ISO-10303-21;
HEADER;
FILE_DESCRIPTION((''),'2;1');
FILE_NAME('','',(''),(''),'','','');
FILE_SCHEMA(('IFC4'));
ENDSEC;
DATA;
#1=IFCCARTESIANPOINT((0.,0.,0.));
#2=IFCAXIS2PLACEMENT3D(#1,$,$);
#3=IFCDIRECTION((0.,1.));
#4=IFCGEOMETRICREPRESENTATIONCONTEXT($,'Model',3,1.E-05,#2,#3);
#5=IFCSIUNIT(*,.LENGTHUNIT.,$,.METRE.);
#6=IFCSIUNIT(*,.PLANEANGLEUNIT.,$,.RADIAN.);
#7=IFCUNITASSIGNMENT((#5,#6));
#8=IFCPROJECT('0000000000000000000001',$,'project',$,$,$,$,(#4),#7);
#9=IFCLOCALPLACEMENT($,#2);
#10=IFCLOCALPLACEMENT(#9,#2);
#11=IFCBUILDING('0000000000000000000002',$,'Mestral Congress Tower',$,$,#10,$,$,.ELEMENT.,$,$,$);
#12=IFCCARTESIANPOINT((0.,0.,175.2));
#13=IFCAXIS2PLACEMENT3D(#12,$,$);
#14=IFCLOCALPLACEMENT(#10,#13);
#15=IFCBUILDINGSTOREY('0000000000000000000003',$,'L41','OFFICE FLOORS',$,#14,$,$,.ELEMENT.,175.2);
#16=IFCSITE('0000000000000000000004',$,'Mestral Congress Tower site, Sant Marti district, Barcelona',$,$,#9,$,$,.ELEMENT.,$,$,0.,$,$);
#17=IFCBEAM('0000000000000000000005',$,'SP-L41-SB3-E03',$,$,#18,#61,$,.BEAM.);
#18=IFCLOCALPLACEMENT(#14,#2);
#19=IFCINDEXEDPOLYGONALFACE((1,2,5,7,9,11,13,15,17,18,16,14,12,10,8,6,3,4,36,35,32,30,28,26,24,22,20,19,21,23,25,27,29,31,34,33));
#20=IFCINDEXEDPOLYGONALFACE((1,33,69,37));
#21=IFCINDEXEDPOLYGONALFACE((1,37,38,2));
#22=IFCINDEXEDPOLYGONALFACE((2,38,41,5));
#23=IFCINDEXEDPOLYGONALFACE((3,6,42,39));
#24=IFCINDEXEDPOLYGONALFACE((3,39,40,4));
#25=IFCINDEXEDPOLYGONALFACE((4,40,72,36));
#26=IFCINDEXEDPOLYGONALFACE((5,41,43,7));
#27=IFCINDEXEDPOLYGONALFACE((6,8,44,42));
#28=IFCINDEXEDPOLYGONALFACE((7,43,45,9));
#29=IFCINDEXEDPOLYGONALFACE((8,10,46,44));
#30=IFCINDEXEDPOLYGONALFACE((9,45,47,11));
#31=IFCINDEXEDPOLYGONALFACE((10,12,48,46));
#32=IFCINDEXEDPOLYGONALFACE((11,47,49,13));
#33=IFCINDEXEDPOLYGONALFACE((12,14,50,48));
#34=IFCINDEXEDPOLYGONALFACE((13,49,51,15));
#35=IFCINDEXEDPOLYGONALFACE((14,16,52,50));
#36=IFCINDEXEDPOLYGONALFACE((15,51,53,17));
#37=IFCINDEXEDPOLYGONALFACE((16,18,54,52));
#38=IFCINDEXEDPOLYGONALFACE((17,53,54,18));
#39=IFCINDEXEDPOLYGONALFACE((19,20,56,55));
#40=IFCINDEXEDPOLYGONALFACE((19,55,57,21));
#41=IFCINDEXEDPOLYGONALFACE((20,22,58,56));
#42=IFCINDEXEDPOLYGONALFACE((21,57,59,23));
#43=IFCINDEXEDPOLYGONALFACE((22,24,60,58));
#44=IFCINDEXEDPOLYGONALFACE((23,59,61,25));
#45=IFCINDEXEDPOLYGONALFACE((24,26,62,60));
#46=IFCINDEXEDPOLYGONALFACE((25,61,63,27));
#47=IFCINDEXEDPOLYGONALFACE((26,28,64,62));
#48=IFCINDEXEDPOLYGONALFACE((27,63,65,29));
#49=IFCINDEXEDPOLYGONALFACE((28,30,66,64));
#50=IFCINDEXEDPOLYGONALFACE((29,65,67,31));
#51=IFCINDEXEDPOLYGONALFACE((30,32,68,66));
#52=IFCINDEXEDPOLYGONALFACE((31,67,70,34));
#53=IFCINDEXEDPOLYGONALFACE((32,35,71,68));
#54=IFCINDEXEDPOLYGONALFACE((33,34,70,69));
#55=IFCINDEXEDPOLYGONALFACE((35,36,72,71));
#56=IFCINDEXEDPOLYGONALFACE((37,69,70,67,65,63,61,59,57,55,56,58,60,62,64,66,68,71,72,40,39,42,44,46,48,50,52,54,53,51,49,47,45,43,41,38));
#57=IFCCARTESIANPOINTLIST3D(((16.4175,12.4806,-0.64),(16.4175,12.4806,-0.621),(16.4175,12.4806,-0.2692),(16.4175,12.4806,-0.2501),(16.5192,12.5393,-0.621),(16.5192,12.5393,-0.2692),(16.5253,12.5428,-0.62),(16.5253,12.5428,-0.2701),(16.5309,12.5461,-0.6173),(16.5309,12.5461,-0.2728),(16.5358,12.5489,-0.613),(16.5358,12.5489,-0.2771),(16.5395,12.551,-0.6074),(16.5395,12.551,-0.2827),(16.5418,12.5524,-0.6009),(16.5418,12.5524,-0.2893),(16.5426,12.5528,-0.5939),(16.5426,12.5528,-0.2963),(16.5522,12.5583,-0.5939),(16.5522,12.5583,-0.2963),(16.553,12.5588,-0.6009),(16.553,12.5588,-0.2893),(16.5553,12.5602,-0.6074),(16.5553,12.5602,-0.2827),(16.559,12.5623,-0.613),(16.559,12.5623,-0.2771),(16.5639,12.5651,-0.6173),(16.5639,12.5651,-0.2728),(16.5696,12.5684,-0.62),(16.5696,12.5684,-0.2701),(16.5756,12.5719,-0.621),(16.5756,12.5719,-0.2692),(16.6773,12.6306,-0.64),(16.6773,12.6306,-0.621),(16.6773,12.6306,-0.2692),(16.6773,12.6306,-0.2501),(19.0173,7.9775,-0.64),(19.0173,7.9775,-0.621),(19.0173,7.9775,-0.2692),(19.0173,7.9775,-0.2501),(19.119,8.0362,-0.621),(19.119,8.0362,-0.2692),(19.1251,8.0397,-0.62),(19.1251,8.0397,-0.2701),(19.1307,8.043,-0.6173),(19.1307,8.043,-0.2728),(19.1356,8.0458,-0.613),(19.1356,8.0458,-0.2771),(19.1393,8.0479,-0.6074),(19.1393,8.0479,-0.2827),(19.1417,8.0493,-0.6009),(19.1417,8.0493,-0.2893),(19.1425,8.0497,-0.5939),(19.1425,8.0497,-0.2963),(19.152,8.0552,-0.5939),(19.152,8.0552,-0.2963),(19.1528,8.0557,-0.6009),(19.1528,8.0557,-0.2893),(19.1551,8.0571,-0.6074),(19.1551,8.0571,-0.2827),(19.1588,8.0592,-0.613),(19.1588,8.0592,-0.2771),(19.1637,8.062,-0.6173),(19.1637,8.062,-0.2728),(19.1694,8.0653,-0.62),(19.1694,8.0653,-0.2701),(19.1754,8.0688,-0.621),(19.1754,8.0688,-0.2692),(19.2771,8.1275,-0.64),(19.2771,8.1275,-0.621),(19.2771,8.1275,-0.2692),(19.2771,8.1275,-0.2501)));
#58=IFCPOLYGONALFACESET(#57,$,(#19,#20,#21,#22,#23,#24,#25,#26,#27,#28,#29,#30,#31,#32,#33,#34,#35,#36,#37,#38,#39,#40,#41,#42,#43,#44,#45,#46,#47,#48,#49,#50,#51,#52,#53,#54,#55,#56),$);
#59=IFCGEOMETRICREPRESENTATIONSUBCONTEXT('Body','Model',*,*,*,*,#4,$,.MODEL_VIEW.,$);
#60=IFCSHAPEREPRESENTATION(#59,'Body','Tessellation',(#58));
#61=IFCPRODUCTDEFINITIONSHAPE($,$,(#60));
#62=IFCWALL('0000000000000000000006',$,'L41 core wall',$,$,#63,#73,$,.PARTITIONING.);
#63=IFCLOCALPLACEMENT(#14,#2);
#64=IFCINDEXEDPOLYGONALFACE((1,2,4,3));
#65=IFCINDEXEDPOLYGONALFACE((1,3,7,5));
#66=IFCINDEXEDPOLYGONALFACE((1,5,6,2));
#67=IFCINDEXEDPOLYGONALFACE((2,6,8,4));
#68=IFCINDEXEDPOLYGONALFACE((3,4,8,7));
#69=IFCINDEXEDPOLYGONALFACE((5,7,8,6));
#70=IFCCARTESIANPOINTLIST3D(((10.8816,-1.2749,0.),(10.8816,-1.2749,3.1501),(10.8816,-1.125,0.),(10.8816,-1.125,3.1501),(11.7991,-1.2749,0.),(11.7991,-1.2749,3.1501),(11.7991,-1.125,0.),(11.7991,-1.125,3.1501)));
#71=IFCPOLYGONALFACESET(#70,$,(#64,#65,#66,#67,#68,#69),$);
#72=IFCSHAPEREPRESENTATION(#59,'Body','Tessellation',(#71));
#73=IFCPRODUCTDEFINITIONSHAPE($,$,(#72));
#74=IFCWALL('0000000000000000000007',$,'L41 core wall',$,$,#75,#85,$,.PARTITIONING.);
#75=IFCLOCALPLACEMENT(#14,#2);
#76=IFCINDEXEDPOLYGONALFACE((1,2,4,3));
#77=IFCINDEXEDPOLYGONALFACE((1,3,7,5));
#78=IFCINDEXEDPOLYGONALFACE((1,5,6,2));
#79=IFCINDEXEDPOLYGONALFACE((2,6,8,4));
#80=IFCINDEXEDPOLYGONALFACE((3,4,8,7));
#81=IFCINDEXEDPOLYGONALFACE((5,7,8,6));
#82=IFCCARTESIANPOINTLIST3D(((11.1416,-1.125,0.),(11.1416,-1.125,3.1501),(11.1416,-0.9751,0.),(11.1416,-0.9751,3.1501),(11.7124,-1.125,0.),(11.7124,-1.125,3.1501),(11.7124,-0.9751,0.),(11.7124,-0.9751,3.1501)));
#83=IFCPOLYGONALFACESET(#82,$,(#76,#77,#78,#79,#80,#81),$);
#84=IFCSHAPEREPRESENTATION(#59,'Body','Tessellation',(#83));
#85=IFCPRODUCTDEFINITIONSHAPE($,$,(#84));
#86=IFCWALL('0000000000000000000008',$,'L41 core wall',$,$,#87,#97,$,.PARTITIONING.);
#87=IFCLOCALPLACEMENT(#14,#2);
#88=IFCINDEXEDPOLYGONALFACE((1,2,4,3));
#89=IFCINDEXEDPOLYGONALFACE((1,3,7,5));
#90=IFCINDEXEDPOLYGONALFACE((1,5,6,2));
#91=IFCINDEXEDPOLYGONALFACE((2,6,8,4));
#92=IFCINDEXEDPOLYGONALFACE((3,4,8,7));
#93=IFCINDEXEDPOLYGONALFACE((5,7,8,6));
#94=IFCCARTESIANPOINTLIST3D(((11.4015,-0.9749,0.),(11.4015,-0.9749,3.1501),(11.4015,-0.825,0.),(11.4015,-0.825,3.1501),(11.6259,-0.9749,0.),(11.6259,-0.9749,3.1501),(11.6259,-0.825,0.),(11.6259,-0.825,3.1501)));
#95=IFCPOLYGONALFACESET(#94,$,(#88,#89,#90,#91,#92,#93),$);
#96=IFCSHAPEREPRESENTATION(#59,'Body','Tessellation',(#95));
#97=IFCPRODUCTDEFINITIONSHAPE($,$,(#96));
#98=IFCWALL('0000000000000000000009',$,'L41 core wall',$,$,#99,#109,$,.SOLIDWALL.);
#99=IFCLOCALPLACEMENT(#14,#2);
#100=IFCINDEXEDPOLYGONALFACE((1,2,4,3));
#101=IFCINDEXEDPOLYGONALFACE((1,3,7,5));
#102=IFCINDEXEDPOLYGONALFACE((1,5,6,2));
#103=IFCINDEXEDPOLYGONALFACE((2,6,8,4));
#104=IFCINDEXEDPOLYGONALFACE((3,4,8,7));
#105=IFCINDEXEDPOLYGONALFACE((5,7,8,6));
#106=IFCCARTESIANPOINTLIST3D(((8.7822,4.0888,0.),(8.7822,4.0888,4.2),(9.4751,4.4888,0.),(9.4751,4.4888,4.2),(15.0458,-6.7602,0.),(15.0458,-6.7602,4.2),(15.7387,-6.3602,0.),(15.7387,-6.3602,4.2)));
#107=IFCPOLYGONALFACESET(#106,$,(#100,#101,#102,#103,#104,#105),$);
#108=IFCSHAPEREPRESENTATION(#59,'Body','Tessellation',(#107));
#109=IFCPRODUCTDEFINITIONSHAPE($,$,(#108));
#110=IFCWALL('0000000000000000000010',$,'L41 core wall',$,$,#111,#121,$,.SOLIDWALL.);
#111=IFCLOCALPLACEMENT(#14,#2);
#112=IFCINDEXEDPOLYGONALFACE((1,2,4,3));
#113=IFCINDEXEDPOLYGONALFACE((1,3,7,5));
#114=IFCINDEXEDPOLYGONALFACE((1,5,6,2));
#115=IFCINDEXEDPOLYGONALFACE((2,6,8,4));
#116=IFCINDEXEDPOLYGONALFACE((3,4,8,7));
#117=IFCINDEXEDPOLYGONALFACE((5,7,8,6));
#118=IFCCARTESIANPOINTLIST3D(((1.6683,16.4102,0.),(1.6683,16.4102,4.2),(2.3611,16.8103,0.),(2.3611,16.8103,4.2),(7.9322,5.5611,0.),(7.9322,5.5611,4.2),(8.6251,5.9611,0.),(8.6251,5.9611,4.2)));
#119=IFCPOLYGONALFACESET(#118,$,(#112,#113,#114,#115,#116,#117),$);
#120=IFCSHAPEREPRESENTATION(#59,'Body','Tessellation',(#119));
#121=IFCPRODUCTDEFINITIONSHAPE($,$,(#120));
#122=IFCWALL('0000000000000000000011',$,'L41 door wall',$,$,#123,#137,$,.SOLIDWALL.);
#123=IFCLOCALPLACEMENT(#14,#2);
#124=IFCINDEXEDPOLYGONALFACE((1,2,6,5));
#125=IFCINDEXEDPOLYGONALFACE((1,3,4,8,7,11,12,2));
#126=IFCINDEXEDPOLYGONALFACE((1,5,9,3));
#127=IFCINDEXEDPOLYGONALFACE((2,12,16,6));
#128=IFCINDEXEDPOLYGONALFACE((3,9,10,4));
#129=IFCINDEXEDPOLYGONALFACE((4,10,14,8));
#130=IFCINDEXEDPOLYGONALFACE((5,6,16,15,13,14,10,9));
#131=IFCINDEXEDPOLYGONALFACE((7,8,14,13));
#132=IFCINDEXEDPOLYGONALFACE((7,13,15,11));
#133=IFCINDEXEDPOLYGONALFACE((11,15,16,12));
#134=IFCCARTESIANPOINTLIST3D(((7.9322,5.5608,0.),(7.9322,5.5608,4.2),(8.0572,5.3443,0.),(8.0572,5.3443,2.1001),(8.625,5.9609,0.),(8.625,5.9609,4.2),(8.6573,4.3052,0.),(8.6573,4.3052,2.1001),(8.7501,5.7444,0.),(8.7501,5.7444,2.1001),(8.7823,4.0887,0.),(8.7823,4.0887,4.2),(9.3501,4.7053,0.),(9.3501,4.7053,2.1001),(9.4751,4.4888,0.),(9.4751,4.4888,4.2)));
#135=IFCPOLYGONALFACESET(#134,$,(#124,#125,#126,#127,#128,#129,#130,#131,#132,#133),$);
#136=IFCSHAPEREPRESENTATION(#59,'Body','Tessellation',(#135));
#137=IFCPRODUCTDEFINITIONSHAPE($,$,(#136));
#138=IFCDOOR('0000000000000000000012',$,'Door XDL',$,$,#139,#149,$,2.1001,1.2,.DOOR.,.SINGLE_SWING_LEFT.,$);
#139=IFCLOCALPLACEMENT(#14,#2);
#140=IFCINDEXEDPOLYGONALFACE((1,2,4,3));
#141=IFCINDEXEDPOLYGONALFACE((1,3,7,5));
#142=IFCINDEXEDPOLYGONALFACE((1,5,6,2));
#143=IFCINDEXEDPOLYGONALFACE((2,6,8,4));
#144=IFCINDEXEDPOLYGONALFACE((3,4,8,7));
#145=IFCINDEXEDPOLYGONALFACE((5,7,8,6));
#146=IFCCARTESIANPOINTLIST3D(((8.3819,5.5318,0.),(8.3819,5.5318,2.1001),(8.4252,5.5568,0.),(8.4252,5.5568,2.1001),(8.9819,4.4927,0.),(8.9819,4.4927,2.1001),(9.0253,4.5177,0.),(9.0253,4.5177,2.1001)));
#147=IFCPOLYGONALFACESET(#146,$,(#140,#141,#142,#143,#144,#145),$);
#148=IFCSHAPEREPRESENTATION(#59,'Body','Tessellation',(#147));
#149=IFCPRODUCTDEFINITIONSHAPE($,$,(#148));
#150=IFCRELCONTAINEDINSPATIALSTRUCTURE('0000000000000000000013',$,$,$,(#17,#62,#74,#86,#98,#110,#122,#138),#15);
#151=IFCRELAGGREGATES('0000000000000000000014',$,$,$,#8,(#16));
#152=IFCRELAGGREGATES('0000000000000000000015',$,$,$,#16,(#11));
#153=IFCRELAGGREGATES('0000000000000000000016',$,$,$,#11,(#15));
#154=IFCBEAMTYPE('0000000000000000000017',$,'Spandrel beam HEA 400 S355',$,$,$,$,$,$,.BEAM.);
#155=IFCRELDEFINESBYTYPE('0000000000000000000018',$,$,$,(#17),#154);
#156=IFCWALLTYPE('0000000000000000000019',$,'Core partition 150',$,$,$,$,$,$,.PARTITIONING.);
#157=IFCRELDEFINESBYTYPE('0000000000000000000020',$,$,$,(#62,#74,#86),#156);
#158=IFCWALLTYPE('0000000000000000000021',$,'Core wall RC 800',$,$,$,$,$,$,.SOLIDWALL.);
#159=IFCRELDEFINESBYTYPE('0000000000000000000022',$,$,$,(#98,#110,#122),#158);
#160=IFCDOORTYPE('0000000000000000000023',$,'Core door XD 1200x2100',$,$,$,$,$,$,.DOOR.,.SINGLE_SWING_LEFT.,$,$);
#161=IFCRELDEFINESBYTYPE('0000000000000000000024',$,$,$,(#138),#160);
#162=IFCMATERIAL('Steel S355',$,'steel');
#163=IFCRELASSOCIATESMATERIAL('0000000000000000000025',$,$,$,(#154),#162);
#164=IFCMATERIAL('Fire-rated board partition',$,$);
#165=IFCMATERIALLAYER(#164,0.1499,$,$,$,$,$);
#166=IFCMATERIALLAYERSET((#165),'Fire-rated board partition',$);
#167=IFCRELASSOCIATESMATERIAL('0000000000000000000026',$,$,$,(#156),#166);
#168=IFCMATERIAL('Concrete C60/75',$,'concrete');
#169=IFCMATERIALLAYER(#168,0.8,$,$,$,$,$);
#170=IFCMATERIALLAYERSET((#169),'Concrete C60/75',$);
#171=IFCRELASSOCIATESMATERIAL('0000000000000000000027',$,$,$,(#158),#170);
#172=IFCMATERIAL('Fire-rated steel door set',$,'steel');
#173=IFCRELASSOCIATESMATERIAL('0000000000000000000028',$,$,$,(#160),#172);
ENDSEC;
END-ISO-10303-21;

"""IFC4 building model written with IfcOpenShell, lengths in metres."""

from ifc_helpers import new_model, si_unit, direction, frame, frame_2d, origin, origin_2d, place, context, subcontext, project, spatial, rectangle, i_section, extrude, material, layer, layer_set, material_profile, profile_set, type_object, element, fill, save


model = new_model("IFC4")

# Units and contexts
model_context = context("Model", 3, precision=1e-05, world=origin(), true_north=direction((0.0, 1.0)))
body_context = subcontext(model_context, "Body", "Model", "MODEL_VIEW")
ifc_project = project(units=[si_unit("LENGTHUNIT", "METRE"), si_unit("PLANEANGLEUNIT", "RADIAN")], contexts=[model_context])

# Site, building, storey
site_placement = place(None, origin())
site = spatial("IfcSite", under=ifc_project, at=site_placement, Name="Mestral Congress Tower site, Sant Marti district, Barcelona", CompositionType="ELEMENT", RefElevation=0.0)
building_placement = place(site_placement, origin())
building = spatial("IfcBuilding", under=site, at=building_placement, Name="Mestral Congress Tower", CompositionType="ELEMENT")
storey_placement = place(building_placement, frame((0.0, 0.0, 175.2)))
storey = spatial("IfcBuildingStorey", under=building, at=storey_placement, Name="L41", Description="OFFICE FLOORS", CompositionType="ELEMENT", Elevation=175.2)

# Shared definitions
ifc_material_1 = material(Name="Concrete C60/75", Category="concrete")

# Beam
ifc_material_2 = material(Name="Steel S355", Category="steel")
ifc_material_profile_1 = material_profile(ifc_material_2, i_section(OverallWidth=0.3, OverallDepth=0.3899, WebThickness=0.011, FlangeThickness=0.019, FilletRadius=0.0271, at=origin_2d()), Name="HEA 400")
ifc_profile_set_1 = profile_set([ifc_material_profile_1], Name="Steel S355")
beam_type_1 = type_object("IfcBeamType", Name="Spandrel beam HEA 400 S355", PredefinedType="BEAM", material=ifc_profile_set_1)
for number, where, z_axis, x_axis, name in (
    (1, (19.1472, 8.0525, -0.4451), (-0.499992, 0.86603, 0.0), (-0.86603, -0.499992, 0.0), "SP-L41-SB3-E03"),
):
    element("IfcBeam", number, at=place(storey_placement, frame(where, z_axis=z_axis, x_axis=x_axis)), inside=storey, type_object=beam_type_1, Name=name, PredefinedType="BEAM", context=body_context, shape_type="SweptSolid", body=[
        extrude(i_section(OverallWidth=0.3, OverallDepth=0.3899, WebThickness=0.011, FlangeThickness=0.019, FilletRadius=0.0271, at=origin_2d()), origin(), (0.0, 0.0, 1.0), 5.1997),
    ])

# Walls
ifc_material_3 = material(Name="Fire-rated board partition")
ifc_layer_1 = layer(ifc_material_3, 0.1499)
ifc_layer_set_1 = layer_set([ifc_layer_1], Name="Fire-rated board partition")
wall_type_1 = type_object("IfcWallType", Name="Core partition 150", PredefinedType="PARTITIONING", material=ifc_layer_set_1)
wall_1_placement = place(storey_placement, frame((10.8816, -1.2, 0.0), z_axis=(0.0, 0.0, 1.0), x_axis=(1.0, 0.0, 0.0)))
element("IfcWall", 2, at=wall_1_placement, inside=storey, type_object=wall_type_1, Name="L41 core wall", PredefinedType="PARTITIONING", context=body_context, shape_type="SweptSolid", body=[
    extrude(rectangle(XDim=0.9175, YDim=0.1499, at=frame_2d((0.4587, 0.0))), origin(), (0.0, 0.0, 1.0), 3.1501),
])
wall_2_placement = place(storey_placement, frame((11.7124, -1.05, 0.0), z_axis=(0.0, 0.0, 1.0), x_axis=(-1.0, 0.0, 0.0)))
element("IfcWall", 3, at=wall_2_placement, inside=storey, type_object=wall_type_1, Name="L41 core wall", PredefinedType="PARTITIONING", context=body_context, shape_type="SweptSolid", body=[
    extrude(rectangle(XDim=0.5708, YDim=0.1499, at=frame_2d((0.2854, 0.0))), origin(), (0.0, 0.0, 1.0), 3.1501),
])
wall_3_placement = place(storey_placement, frame((11.4014, -0.8999, 0.0), z_axis=(0.0, 0.0, 1.0), x_axis=(1.0, 0.0, 0.0)))
element("IfcWall", 4, at=wall_3_placement, inside=storey, type_object=wall_type_1, Name="L41 core wall", PredefinedType="PARTITIONING", context=body_context, shape_type="SweptSolid", body=[
    extrude(rectangle(XDim=0.2244, YDim=0.1499, at=frame_2d((0.1123, 0.0))), origin(), (0.0, 0.0, 1.0), 3.1501),
])
ifc_layer_2 = layer(ifc_material_1, 0.8)
ifc_layer_set_2 = layer_set([ifc_layer_2], Name="Concrete C60/75")
wall_type_2 = type_object("IfcWallType", Name="Core wall RC 800", PredefinedType="SOLIDWALL", material=ifc_layer_set_2)
wall_4_placement = place(storey_placement, frame((9.1287, 4.2888, 0.0), z_axis=(0.0, 0.0, 1.0), x_axis=(0.499996, -0.866028, 0.0)))
element("IfcWall", 5, at=wall_4_placement, inside=storey, type_object=wall_type_2, Name="L41 core wall", PredefinedType="SOLIDWALL", context=body_context, shape_type="SweptSolid", body=[
    extrude(rectangle(XDim=12.5273, YDim=0.8, at=frame_2d((6.2637, 0.0))), origin(), (0.0, 0.0, 1.0), 4.2),
])
wall_5_placement = place(storey_placement, frame((8.2786, 5.7612, 0.0), z_axis=(0.0, 0.0, 1.0), x_axis=(-0.50001, 0.866019, 0.0)))
element("IfcWall", 6, at=wall_5_placement, inside=storey, type_object=wall_type_2, Name="L41 core wall", PredefinedType="SOLIDWALL", context=body_context, shape_type="SweptSolid", body=[
    extrude(rectangle(XDim=12.5276, YDim=0.8, at=frame_2d((6.2637, 0.0))), origin(), (0.0, 0.0, 1.0), 4.2),
])

# Wall, opening, door
wall_6_placement = place(storey_placement, frame((8.2786, 5.761, 0.0), z_axis=(0.0, 0.0, 1.0), x_axis=(0.500062, -0.865989, 0.0)))
wall_6 = element("IfcWall", 7, at=wall_6_placement, inside=storey, type_object=wall_type_2, Name="L41 door wall", PredefinedType="SOLIDWALL", context=body_context, shape_type="SweptSolid", body=[
    extrude(rectangle(XDim=1.7, YDim=0.8, at=frame_2d((0.8501, 0.0))), origin(), (0.0, 0.0, 1.0), 4.2),
])
opening_1_placement = place(wall_6_placement, frame((0.25, 0.0, 0.0)))
opening_1 = element("IfcOpeningElement", 8, at=opening_1_placement, cuts=wall_6, PredefinedType="OPENING", context=body_context, shape_type="SweptSolid", body=[
    extrude(rectangle(XDim=1.2, YDim=2.1001, at=frame_2d((0.6001, 1.05))), frame((0.0, 0.4099, 0.0), z_axis=(0.0, -1.0, 0.0), x_axis=(1.0, 0.0, 0.0)), (0.0, 0.0, 1.0), 0.8201),
])
ifc_material_4 = material(Name="Fire-rated steel door set", Category="steel")
door_type_1 = type_object("IfcDoorType", Name="Core door XD 1200x2100", OperationType="SINGLE_SWING_LEFT", PredefinedType="DOOR", material=ifc_material_4)
door_1_placement = place(opening_1_placement, origin())
door_1 = element("IfcDoor", 9, at=door_1_placement, inside=storey, type_object=door_type_1, Name="Door XDL", OperationType="SINGLE_SWING_LEFT", OverallHeight=2.1001, OverallWidth=1.2, PredefinedType="DOOR", context=body_context, shape_type="SweptSolid", body=[
    extrude(rectangle(XDim=1.2, YDim=2.1001, at=frame_2d((0.6001, 1.05))), frame((0.0, 0.0249, 0.0), z_axis=(0.0, -1.0, 0.0), x_axis=(1.0, 0.0, 0.0)), (0.0, 0.0, 1.0), 0.05),
])
fill(opening_1, door_1)

save(model, "model.ifc")
